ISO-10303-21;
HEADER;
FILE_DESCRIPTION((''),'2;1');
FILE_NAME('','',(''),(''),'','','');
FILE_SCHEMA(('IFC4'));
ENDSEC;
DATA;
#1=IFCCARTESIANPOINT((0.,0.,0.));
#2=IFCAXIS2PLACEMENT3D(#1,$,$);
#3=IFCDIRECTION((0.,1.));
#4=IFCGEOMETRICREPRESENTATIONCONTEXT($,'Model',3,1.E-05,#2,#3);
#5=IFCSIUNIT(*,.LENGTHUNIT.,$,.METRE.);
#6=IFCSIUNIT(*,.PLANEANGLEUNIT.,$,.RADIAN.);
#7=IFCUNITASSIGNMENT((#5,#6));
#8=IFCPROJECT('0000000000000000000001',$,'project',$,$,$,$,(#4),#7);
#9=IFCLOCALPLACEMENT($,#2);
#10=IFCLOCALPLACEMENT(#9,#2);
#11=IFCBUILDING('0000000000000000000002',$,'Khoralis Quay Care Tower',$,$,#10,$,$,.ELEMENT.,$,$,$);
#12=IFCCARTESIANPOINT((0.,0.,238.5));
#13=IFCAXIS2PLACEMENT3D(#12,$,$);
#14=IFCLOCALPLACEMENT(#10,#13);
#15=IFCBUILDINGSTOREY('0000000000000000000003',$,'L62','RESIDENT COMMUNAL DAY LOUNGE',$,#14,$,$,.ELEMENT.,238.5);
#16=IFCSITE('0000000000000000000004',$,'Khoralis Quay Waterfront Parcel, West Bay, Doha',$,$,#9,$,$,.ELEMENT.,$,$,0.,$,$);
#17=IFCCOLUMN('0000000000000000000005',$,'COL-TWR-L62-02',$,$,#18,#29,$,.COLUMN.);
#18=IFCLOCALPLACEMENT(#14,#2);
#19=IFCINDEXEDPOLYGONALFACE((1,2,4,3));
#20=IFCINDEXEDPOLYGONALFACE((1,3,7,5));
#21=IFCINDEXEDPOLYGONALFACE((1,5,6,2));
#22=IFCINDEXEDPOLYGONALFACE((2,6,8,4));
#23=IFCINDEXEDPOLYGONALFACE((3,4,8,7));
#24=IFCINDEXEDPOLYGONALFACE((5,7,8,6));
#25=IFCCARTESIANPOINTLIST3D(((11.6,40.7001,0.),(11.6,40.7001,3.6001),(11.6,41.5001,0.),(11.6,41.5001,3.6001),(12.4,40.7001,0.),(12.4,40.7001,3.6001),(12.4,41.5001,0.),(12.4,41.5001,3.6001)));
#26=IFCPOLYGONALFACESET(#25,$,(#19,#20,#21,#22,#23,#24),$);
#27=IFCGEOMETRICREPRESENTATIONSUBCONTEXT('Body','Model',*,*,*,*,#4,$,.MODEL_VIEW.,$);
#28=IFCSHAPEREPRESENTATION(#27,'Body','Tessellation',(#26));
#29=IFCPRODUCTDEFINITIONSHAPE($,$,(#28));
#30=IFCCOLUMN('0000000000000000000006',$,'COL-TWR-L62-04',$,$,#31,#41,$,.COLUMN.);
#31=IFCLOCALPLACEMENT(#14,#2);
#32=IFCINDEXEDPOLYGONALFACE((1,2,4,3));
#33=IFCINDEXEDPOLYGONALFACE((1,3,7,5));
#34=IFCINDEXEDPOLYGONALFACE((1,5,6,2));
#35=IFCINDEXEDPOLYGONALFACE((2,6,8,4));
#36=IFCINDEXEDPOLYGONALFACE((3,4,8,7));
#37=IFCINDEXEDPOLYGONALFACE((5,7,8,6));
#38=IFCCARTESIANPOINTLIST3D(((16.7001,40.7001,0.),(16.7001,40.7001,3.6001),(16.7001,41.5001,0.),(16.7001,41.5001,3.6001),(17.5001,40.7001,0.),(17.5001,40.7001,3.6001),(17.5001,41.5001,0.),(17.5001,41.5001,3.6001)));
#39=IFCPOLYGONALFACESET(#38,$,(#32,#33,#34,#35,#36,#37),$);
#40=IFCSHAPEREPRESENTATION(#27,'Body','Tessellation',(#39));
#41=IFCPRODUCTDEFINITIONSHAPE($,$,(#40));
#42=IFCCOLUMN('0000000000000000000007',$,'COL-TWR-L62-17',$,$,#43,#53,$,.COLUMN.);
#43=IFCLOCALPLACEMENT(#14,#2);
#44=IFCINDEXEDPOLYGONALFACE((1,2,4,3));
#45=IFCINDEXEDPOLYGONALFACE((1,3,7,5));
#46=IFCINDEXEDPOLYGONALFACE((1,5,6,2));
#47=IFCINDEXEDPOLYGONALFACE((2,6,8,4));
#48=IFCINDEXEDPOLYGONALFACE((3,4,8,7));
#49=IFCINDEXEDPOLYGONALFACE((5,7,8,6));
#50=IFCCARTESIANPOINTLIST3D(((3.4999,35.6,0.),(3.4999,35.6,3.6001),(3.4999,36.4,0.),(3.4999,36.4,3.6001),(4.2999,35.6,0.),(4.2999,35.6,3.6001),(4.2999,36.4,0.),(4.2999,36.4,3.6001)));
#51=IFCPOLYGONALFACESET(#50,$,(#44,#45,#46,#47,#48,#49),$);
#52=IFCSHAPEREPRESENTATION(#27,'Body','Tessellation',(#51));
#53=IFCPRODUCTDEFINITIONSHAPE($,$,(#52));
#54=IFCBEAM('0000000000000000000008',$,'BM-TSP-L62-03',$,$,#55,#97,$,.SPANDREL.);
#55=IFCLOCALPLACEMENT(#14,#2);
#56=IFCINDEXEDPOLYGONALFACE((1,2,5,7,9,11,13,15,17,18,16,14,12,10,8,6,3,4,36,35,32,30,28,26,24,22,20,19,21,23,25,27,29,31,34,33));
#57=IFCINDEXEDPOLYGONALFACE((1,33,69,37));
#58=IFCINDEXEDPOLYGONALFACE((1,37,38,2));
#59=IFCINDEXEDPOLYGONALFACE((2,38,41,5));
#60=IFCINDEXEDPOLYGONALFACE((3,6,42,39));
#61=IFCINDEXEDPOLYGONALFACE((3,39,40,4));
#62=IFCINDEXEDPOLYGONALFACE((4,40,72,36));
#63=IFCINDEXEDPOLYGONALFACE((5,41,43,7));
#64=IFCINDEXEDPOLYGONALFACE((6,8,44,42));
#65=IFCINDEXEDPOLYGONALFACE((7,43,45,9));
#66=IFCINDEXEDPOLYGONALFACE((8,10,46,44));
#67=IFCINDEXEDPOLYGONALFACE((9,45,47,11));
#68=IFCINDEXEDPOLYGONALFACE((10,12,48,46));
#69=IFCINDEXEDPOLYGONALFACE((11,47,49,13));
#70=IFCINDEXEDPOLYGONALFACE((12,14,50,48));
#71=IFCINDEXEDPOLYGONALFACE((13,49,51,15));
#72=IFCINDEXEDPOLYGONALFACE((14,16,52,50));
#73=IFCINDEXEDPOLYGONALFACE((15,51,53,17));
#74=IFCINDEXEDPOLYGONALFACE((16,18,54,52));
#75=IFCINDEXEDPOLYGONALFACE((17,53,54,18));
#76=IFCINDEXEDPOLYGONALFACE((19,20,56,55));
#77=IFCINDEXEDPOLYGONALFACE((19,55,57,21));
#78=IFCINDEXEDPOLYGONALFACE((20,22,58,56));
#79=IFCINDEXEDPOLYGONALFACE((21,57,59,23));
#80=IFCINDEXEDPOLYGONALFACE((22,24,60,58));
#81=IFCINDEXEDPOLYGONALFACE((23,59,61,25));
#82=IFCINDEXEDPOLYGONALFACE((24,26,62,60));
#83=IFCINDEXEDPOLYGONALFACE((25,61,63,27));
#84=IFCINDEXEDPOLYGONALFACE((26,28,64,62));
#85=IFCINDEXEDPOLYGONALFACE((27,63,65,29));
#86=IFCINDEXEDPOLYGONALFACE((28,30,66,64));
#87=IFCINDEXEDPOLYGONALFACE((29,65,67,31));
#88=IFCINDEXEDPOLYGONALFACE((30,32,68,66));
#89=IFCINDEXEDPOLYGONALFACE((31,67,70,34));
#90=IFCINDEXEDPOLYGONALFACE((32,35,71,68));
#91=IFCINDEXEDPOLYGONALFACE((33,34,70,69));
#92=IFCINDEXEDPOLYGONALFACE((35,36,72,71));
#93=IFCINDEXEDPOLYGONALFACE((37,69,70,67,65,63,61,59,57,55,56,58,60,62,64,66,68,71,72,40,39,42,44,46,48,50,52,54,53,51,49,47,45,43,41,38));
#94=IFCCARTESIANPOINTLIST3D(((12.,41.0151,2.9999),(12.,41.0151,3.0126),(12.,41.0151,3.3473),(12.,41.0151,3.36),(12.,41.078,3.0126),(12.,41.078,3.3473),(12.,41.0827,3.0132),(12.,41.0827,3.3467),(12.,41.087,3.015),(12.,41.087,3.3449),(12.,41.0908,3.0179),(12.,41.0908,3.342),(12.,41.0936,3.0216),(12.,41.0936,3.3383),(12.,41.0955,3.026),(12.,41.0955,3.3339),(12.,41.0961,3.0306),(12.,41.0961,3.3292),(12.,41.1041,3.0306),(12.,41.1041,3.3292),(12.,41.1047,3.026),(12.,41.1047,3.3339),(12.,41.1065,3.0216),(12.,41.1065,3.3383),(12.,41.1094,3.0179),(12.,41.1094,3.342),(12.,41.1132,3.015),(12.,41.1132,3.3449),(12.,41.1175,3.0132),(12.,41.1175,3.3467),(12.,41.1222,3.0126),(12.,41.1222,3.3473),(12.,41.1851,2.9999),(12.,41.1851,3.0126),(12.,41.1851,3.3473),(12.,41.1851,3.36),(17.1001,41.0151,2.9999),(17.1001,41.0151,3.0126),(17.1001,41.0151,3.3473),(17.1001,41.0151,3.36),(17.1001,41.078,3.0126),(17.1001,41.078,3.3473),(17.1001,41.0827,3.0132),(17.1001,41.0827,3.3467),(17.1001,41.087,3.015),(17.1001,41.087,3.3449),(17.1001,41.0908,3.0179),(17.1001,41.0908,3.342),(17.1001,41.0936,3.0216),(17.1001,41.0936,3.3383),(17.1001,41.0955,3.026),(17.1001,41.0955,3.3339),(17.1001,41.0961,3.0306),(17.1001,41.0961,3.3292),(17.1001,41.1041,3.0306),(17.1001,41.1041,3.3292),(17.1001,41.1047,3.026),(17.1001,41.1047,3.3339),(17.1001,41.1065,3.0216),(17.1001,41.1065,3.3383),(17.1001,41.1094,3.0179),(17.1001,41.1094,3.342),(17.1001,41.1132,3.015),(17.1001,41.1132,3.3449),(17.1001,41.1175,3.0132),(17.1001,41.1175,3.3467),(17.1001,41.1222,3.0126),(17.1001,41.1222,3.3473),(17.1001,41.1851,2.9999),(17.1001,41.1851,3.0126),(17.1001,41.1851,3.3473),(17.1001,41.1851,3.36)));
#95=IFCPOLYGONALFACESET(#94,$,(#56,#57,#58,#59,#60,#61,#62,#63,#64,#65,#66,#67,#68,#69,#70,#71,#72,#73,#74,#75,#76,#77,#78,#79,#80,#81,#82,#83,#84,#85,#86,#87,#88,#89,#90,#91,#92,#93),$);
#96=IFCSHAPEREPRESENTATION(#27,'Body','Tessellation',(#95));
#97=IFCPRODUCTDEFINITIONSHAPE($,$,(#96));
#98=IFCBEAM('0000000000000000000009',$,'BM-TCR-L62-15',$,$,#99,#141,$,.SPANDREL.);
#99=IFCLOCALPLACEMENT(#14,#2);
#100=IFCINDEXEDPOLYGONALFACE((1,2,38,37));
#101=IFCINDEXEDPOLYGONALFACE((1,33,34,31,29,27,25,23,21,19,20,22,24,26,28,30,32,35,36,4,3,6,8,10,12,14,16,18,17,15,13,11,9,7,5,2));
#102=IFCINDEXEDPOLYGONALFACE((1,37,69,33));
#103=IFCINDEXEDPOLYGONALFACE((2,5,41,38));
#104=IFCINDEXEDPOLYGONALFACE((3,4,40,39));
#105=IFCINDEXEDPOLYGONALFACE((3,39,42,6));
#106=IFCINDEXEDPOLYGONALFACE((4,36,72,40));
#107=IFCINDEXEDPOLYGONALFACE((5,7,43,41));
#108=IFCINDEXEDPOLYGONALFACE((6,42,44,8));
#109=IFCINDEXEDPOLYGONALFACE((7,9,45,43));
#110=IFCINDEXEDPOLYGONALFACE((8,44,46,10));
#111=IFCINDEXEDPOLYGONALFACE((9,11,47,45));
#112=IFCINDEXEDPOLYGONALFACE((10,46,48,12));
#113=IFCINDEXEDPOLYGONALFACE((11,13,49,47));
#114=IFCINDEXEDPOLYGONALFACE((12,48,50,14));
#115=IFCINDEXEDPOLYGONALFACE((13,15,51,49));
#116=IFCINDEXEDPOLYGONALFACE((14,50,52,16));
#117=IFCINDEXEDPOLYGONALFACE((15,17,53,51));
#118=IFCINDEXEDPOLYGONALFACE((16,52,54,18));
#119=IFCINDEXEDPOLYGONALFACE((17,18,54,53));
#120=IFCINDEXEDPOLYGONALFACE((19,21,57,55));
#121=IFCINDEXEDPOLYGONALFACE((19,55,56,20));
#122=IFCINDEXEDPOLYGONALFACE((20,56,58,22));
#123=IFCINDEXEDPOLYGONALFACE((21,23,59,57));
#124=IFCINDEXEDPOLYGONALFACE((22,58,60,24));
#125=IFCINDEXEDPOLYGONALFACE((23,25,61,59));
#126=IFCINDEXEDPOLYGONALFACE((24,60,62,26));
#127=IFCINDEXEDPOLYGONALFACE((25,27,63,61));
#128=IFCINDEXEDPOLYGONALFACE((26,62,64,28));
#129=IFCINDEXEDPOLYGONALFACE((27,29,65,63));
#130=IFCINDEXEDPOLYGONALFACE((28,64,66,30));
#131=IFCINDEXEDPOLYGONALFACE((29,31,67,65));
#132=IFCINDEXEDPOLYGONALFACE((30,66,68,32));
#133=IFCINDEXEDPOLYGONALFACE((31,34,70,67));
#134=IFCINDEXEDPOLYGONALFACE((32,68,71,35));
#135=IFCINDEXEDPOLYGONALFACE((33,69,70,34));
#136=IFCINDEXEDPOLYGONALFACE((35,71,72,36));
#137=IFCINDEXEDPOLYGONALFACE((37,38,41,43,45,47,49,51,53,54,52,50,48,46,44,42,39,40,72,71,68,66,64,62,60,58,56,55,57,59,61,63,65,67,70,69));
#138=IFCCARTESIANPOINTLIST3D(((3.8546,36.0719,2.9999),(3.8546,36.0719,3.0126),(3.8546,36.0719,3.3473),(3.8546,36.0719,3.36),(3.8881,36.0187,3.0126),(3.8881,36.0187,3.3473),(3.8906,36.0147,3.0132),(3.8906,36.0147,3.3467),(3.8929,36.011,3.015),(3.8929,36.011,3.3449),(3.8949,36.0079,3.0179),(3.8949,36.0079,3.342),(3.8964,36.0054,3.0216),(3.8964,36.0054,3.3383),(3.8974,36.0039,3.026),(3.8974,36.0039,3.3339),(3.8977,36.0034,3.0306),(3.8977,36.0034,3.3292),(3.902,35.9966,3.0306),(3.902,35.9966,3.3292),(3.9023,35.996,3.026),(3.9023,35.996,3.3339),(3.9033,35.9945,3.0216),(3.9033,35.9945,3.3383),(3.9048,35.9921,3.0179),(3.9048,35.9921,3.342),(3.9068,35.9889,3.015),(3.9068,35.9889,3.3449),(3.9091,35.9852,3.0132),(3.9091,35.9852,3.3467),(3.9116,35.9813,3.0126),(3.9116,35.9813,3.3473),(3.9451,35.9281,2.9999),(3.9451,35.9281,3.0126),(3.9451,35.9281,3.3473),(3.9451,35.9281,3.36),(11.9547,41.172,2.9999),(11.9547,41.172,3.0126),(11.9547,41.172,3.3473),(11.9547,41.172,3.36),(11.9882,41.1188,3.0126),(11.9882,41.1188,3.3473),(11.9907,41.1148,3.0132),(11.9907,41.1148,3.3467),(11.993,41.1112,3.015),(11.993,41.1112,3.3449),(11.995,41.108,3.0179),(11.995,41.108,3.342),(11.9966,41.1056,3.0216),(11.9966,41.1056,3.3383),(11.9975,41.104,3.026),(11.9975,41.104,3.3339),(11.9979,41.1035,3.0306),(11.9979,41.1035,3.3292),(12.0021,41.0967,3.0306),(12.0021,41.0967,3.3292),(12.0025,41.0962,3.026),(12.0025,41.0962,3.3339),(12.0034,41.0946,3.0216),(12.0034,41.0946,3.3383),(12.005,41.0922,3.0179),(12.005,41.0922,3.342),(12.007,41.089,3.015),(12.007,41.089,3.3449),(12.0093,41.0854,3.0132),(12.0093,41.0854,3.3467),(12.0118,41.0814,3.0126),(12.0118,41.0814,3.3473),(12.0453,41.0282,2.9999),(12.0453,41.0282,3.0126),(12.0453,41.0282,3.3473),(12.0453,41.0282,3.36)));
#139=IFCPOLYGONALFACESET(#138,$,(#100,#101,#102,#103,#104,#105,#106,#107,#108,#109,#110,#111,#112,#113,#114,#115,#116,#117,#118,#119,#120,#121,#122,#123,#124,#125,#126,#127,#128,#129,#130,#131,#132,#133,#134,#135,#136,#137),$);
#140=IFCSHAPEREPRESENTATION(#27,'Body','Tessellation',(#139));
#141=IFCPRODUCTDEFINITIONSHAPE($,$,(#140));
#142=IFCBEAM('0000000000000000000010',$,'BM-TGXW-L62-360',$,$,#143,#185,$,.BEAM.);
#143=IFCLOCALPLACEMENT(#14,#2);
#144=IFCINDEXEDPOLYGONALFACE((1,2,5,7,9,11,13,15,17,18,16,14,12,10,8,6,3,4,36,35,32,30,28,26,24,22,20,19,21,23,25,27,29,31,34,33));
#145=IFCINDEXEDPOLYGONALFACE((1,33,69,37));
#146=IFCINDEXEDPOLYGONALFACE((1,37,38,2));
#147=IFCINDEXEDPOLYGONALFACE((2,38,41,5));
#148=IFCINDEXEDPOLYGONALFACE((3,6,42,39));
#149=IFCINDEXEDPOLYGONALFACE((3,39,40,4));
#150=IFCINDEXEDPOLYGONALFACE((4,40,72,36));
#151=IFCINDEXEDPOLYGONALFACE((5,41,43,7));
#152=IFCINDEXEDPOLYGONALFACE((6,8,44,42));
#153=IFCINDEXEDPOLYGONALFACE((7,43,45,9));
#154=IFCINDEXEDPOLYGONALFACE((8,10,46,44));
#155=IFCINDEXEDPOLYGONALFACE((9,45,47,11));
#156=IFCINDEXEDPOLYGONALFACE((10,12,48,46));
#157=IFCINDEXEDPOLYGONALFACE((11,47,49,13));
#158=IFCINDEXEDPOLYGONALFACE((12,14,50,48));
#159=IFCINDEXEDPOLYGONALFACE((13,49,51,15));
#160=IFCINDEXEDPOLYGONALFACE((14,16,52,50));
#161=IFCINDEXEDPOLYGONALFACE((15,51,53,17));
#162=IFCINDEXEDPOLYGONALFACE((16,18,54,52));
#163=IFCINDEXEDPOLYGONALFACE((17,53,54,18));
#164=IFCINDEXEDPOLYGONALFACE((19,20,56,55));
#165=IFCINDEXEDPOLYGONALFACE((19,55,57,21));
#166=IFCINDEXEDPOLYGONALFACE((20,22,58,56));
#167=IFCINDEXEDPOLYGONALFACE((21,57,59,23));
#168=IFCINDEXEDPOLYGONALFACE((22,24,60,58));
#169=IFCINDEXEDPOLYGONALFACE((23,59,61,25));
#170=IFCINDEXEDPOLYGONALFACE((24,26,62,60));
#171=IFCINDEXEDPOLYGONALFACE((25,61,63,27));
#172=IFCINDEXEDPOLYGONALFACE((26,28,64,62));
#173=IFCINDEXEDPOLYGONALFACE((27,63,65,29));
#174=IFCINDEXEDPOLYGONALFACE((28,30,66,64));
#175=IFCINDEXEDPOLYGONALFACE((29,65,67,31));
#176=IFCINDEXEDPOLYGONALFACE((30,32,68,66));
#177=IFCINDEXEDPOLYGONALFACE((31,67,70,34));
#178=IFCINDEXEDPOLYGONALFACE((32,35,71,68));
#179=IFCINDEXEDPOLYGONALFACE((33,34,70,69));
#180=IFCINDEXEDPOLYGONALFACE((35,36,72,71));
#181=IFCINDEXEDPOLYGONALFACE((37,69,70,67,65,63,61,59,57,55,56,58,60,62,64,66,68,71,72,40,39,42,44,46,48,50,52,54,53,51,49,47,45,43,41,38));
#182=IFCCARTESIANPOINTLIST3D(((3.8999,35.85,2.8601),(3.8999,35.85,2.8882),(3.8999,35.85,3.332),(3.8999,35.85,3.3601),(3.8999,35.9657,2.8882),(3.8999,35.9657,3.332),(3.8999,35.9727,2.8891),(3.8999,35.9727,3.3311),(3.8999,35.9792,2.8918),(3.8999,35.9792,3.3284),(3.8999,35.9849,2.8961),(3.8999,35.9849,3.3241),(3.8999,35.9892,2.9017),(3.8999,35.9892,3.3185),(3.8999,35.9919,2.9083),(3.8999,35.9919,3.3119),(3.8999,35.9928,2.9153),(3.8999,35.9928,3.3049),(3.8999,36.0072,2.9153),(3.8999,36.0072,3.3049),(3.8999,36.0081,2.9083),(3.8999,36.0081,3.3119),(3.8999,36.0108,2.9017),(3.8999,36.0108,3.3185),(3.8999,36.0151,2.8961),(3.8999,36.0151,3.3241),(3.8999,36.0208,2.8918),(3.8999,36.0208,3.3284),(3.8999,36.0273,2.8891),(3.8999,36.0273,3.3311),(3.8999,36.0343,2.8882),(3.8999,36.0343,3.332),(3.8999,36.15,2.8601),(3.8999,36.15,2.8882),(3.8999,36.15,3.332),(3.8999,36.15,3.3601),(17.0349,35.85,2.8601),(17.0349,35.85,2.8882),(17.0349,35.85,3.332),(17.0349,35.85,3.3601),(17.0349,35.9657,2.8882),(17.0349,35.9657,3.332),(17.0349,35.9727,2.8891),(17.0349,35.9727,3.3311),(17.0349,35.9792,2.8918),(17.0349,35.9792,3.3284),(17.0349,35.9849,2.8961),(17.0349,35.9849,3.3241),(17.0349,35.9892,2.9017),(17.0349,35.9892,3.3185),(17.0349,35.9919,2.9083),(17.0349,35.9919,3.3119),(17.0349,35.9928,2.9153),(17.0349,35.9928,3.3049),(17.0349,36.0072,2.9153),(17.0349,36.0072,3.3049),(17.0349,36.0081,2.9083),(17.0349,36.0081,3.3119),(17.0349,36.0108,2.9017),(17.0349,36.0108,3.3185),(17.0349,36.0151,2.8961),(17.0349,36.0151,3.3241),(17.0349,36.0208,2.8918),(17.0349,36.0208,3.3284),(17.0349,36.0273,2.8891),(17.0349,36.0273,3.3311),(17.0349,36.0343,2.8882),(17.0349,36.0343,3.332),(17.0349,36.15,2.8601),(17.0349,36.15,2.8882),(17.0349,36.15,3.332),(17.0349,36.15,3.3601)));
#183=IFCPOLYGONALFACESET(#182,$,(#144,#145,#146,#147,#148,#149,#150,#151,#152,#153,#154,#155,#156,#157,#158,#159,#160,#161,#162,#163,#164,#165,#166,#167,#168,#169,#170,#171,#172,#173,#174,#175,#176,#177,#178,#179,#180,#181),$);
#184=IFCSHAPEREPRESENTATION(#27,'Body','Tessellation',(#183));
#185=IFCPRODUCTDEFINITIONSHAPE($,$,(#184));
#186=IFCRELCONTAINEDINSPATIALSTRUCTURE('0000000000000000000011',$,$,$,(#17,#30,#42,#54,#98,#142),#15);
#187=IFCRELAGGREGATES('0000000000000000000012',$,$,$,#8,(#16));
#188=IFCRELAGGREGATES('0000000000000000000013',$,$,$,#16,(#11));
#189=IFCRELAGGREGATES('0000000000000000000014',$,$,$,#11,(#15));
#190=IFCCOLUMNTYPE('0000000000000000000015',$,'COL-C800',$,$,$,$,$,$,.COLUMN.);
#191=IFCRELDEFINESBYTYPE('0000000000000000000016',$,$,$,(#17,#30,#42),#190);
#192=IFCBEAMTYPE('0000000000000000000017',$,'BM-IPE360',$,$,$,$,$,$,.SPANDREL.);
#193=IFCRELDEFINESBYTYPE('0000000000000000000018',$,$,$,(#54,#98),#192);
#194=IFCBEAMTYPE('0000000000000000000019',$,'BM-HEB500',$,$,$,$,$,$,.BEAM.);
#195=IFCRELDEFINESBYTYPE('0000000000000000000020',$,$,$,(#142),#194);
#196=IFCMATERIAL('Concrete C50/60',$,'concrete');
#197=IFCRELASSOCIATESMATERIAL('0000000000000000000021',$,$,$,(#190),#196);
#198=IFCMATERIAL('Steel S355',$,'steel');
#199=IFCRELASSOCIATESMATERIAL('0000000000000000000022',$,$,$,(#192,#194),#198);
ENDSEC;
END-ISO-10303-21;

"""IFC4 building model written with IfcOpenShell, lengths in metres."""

from ifc_helpers import new_model, si_unit, direction, frame, origin, origin_2d, place, context, subcontext, project, spatial, rectangle, i_section, extrude, source, transform, mapped, material, material_profile, profile_set, type_object, element, save


model = new_model("IFC4")

# Units and contexts
model_context = context("Model", 3, precision=1e-05, world=origin(), true_north=direction((0.0, 1.0)))
body_context = subcontext(model_context, "Body", "Model", "MODEL_VIEW")
ifc_project = project(units=[si_unit("LENGTHUNIT", "METRE"), si_unit("PLANEANGLEUNIT", "RADIAN")], contexts=[model_context])

# Site, building, storey
site_placement = place(None, origin())
site = spatial("IfcSite", under=ifc_project, at=site_placement, Name="Khoralis Quay Waterfront Parcel, West Bay, Doha", CompositionType="ELEMENT", RefElevation=0.0)
building_placement = place(site_placement, origin())
building = spatial("IfcBuilding", under=site, at=building_placement, Name="Khoralis Quay Care Tower", CompositionType="ELEMENT")
storey_placement = place(building_placement, frame((0.0, 0.0, 238.5)))
storey = spatial("IfcBuildingStorey", under=building, at=storey_placement, Name="L62", Description="RESIDENT COMMUNAL DAY LOUNGE", CompositionType="ELEMENT", Elevation=238.5)

# Columns
ifc_material_1 = material(Name="Concrete C50/60", Category="concrete")
ifc_material_profile_1 = material_profile(ifc_material_1, rectangle(XDim=0.8, YDim=0.8, at=origin_2d()), Name="Concrete C50/60")
ifc_profile_set_1 = profile_set([ifc_material_profile_1], Name="Concrete C50/60")
column_type = type_object("IfcColumnType", Name="COL-C800", PredefinedType="COLUMN", material=ifc_profile_set_1)
shared_shape_1 = source(origin(), body_context, "Body", "SweptSolid", [
    extrude(rectangle(XDim=0.8, YDim=0.8, at=origin_2d()), origin(), (0.0, 0.0, 1.0), 3.6001),
])
for number, where, z_axis, x_axis, name in (
    (1, (12.0, 41.1001, 0.0), (0.0, 0.0, 1.0), (1.0, 0.0, 0.0), "COL-TWR-L62-02"),
    (2, (17.1001, 41.1001, 0.0), (0.0, 0.0, 1.0), (1.0, 0.0, 0.0), "COL-TWR-L62-04"),
    (3, (3.8999, 36.0, 0.0), (0.0, 0.0, 1.0), (1.0, 0.0, 0.0), "COL-TWR-L62-17"),
):
    element("IfcColumn", number, at=place(storey_placement, frame(where, z_axis=z_axis, x_axis=x_axis)), inside=storey, type_object=column_type, Name=name, PredefinedType="COLUMN", context=body_context, shape_type="MappedRepresentation", body=[
        mapped(shared_shape_1, transform((0.0, 0.0, 0.0), scale=1.0)),
    ])

# Beams
ifc_material_2 = material(Name="Steel S355", Category="steel")
ifc_material_profile_2 = material_profile(ifc_material_2, i_section(OverallWidth=0.1699, OverallDepth=0.3601, WebThickness=0.0081, FlangeThickness=0.0127, FilletRadius=0.0181, at=origin_2d()), Name="Steel S355")
ifc_profile_set_2 = profile_set([ifc_material_profile_2], Name="Steel S355")
beam_type_1 = type_object("IfcBeamType", Name="BM-IPE360", PredefinedType="SPANDREL", material=ifc_profile_set_2)
shared_shape_2 = source(origin(), body_context, "Body", "SweptSolid", [
    extrude(i_section(OverallWidth=0.1699, OverallDepth=0.3601, WebThickness=0.0081, FlangeThickness=0.0127, FilletRadius=0.0181, at=origin_2d()), origin(), (0.0, 0.0, 1.0), 5.1001),
])
beam_1_placement = place(storey_placement, frame((12.0, 41.1001, 3.1799), z_axis=(1.0, 0.0, 0.0), x_axis=(0.0, 1.0, 0.0)))
element("IfcBeam", 4, at=beam_1_placement, inside=storey, type_object=beam_type_1, Name="BM-TSP-L62-03", PredefinedType="SPANDREL", context=body_context, shape_type="MappedRepresentation", body=[
    mapped(shared_shape_2, transform((0.0, 0.0, 0.0), scale=1.0)),
])
shared_shape_3 = source(origin(), body_context, "Body", "SweptSolid", [
    extrude(i_section(OverallWidth=0.1699, OverallDepth=0.3601, WebThickness=0.0081, FlangeThickness=0.0127, FilletRadius=0.0181, at=origin_2d()), origin(), (0.0, 0.0, 1.0), 9.572),
])
beam_2_placement = place(storey_placement, frame((12.0, 41.1001, 3.1799), z_axis=(-0.846231, -0.532816, 0.0), x_axis=(0.532816, -0.846231, 0.0)))
element("IfcBeam", 5, at=beam_2_placement, inside=storey, type_object=beam_type_1, Name="BM-TCR-L62-15", PredefinedType="SPANDREL", context=body_context, shape_type="MappedRepresentation", body=[
    mapped(shared_shape_3, transform((0.0, 0.0, 0.0), scale=1.0)),
])
ifc_material_profile_3 = material_profile(ifc_material_2, i_section(OverallWidth=0.3, OverallDepth=0.5, WebThickness=0.0144, FlangeThickness=0.0281, FilletRadius=0.0271, at=origin_2d()), Name="Steel S355")
ifc_profile_set_3 = profile_set([ifc_material_profile_3], Name="Steel S355")
beam_type_2 = type_object("IfcBeamType", Name="BM-HEB500", PredefinedType="BEAM", material=ifc_profile_set_3)
shared_shape_4 = source(origin(), body_context, "Body", "SweptSolid", [
    extrude(i_section(OverallWidth=0.3, OverallDepth=0.5, WebThickness=0.0144, FlangeThickness=0.0281, FilletRadius=0.0271, at=origin_2d()), origin(), (0.0, 0.0, 1.0), 13.135),
])
beam_3_placement = place(storey_placement, frame((3.8999, 36.0, 3.1101), z_axis=(1.0, 0.0, 0.0), x_axis=(0.0, 1.0, 0.0)))
element("IfcBeam", 6, at=beam_3_placement, inside=storey, type_object=beam_type_2, Name="BM-TGXW-L62-360", PredefinedType="BEAM", context=body_context, shape_type="MappedRepresentation", body=[
    mapped(shared_shape_4, transform((0.0, 0.0, 0.0), scale=1.0)),
])

save(model, "model.ifc")
